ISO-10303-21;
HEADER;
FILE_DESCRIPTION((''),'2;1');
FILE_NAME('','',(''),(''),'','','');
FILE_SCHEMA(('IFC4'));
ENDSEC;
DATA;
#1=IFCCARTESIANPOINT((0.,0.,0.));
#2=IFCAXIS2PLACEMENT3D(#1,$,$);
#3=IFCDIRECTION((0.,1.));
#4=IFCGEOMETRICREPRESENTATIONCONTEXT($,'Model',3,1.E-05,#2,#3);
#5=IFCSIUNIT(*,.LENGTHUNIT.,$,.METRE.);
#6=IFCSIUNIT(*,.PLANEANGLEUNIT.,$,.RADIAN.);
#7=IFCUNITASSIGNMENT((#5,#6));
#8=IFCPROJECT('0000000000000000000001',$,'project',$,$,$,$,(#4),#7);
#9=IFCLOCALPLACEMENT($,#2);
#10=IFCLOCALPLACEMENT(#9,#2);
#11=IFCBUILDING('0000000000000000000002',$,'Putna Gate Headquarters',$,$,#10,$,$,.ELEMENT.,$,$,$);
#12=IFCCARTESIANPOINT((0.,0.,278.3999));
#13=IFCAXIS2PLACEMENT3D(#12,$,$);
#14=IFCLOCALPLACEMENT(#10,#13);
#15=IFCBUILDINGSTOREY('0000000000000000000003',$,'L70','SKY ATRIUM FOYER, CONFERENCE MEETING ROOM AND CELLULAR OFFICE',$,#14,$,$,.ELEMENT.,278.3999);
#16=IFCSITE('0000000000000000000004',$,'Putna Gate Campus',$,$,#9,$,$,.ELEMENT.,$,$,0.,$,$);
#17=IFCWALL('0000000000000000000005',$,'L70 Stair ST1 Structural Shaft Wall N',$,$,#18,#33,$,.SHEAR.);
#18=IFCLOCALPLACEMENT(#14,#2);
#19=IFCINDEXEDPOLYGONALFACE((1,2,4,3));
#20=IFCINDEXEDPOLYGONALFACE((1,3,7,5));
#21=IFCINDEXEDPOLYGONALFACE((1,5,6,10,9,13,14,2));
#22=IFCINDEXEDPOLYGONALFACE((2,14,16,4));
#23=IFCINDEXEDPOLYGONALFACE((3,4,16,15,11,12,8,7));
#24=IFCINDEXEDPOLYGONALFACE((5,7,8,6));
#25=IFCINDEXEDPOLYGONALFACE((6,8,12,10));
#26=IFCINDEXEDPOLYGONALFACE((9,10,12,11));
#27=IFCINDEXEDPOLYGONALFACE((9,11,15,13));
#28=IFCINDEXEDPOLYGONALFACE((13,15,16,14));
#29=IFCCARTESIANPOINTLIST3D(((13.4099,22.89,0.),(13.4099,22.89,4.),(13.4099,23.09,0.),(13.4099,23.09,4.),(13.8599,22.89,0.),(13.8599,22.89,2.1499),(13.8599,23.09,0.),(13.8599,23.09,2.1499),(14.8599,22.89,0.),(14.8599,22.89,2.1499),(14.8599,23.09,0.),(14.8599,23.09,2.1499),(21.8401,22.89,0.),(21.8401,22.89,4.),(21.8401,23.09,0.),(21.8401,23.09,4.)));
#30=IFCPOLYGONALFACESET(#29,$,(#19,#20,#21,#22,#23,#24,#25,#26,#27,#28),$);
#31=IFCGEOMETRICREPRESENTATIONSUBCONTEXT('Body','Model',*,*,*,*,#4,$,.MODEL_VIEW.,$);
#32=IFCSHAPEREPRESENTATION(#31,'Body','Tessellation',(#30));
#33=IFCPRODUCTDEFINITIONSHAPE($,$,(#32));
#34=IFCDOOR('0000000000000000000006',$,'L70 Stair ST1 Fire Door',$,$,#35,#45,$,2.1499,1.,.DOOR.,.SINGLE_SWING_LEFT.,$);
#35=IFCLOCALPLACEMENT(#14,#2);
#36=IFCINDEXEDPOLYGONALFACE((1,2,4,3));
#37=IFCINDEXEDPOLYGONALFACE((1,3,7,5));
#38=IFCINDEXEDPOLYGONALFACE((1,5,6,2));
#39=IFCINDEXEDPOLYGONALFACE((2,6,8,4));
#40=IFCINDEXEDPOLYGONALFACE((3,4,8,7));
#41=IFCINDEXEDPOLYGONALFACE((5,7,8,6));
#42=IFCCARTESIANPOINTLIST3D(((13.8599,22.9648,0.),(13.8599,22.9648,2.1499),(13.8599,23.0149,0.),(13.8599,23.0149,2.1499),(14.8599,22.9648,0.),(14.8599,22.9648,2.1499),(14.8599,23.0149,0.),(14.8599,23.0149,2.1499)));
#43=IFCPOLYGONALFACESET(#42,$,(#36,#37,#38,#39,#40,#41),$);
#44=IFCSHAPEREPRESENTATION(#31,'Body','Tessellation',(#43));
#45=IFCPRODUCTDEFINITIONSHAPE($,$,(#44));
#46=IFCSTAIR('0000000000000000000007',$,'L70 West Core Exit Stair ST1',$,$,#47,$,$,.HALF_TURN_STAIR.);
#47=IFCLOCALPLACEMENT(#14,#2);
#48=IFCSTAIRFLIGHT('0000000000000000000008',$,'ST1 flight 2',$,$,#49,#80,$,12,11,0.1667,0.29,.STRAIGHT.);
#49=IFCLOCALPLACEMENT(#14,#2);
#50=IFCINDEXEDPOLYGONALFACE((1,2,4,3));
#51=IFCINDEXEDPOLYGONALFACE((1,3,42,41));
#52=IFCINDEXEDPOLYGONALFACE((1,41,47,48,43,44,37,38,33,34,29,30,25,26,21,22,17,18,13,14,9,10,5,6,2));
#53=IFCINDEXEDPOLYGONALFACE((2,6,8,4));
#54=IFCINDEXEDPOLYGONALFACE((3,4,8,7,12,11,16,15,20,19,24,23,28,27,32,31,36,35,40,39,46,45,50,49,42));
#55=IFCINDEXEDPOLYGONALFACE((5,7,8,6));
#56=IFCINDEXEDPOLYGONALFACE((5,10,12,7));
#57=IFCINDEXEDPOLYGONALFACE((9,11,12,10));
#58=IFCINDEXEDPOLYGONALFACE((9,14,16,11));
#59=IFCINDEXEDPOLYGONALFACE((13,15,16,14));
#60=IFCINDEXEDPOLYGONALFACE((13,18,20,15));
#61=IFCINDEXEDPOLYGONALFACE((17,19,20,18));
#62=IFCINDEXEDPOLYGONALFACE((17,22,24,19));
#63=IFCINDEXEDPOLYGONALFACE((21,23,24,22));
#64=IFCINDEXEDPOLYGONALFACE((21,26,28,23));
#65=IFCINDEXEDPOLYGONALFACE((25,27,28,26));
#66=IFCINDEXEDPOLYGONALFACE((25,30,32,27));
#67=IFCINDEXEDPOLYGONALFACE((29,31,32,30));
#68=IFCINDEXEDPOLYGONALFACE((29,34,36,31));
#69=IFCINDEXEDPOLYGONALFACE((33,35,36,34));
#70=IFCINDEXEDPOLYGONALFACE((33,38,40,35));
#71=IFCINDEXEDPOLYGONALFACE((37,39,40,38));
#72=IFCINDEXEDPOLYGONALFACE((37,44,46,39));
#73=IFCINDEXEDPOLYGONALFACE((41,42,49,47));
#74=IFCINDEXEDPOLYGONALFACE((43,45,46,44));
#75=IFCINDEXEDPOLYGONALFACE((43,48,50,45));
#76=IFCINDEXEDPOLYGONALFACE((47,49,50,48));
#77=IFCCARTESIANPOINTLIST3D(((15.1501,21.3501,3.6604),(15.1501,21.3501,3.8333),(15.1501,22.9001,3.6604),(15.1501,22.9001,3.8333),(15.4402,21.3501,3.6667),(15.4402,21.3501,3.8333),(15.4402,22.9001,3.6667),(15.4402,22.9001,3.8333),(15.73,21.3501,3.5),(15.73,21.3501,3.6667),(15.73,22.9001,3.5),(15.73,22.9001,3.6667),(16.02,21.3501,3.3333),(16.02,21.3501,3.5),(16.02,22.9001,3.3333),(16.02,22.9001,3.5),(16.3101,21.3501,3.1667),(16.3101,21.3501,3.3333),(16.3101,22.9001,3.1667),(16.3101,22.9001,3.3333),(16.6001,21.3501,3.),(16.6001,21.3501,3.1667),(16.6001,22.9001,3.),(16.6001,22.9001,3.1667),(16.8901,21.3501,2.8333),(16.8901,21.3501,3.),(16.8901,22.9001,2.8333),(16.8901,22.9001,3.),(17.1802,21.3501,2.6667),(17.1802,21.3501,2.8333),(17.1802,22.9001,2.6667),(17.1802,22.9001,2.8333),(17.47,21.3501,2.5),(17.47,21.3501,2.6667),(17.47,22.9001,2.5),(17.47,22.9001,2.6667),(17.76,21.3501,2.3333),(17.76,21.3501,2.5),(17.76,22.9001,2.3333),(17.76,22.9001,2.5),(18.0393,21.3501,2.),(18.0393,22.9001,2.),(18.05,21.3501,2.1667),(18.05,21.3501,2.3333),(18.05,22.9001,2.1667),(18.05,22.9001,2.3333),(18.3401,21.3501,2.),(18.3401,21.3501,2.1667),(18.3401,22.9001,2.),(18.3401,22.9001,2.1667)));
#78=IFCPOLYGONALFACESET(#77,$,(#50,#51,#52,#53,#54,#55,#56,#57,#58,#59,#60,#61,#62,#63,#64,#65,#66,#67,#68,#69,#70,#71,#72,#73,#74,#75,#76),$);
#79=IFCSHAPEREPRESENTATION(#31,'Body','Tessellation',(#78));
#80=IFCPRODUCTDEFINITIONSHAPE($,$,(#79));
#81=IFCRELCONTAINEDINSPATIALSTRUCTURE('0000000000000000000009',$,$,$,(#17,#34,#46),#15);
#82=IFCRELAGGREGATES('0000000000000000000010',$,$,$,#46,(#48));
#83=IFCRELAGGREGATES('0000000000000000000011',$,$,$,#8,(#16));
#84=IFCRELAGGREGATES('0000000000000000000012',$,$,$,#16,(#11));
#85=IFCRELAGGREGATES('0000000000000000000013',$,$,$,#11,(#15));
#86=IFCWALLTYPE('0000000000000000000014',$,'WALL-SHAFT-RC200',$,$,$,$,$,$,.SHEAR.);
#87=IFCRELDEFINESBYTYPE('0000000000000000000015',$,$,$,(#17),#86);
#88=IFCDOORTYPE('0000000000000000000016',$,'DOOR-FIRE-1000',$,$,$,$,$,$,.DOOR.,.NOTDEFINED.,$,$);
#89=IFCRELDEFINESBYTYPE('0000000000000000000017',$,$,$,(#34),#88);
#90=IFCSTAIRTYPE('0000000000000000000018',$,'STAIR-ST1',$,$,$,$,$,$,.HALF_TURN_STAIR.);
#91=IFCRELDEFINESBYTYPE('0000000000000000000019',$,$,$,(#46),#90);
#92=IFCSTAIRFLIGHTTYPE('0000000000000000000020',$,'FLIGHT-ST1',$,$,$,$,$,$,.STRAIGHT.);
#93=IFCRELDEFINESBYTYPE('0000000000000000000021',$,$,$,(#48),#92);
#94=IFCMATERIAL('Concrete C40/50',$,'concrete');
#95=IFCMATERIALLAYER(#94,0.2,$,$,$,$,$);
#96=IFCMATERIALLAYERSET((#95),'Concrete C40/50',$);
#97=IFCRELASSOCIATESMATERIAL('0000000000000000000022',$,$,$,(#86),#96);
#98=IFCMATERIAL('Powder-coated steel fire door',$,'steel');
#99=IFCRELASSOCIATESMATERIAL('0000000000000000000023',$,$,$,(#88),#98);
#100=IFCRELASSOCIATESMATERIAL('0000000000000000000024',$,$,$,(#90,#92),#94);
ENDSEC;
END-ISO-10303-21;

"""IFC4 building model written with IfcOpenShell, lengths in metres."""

from ifc_helpers import new_model, si_unit, direction, frame, frame_2d, origin, place, context, subcontext, project, spatial, polyline, rectangle, outline, extrude, material, layer, layer_set, type_object, element, fill, aggregate, save


model = new_model("IFC4")

# Units and contexts
model_context = context("Model", 3, precision=1e-05, world=origin(), true_north=direction((0.0, 1.0)))
body_context = subcontext(model_context, "Body", "Model", "MODEL_VIEW")
ifc_project = project(units=[si_unit("LENGTHUNIT", "METRE"), si_unit("PLANEANGLEUNIT", "RADIAN")], contexts=[model_context])

# Site, building, storey
site_placement = place(None, origin())
site = spatial("IfcSite", under=ifc_project, at=site_placement, Name="Putna Gate Campus", CompositionType="ELEMENT", RefElevation=0.0)
building_placement = place(site_placement, origin())
building = spatial("IfcBuilding", under=site, at=building_placement, Name="Putna Gate Headquarters", CompositionType="ELEMENT")
storey_placement = place(building_placement, frame((0.0, 0.0, 278.3999)))
storey = spatial("IfcBuildingStorey", under=building, at=storey_placement, Name="L70", Description="SKY ATRIUM FOYER, CONFERENCE MEETING ROOM AND CELLULAR OFFICE", CompositionType="ELEMENT", Elevation=278.3999)

# Shared definitions
ifc_material_1 = material(Name="Concrete C40/50", Category="concrete")

# Wall, opening, door
ifc_layer_1 = layer(ifc_material_1, 0.2)
ifc_layer_set_1 = layer_set([ifc_layer_1], Name="Concrete C40/50")
wall_type_1 = type_object("IfcWallType", Name="WALL-SHAFT-RC200", PredefinedType="SHEAR", material=ifc_layer_set_1)
wall_1_placement = place(storey_placement, frame((13.4099, 22.99, 0.0), z_axis=(0.0, 0.0, 1.0), x_axis=(1.0, 0.0, 0.0)))
wall_1 = element("IfcWall", 1, at=wall_1_placement, inside=storey, type_object=wall_type_1, Name="L70 Stair ST1 Structural Shaft Wall N", PredefinedType="SHEAR", context=body_context, shape_type="SweptSolid", body=[
    extrude(rectangle(XDim=8.4302, YDim=0.2, at=frame_2d((4.2151, 0.0))), origin(), (0.0, 0.0, 1.0), 4.0),
])
opening_1_placement = place(wall_1_placement, frame((0.45, 0.0, 0.0)))
opening_1 = element("IfcOpeningElement", 2, at=opening_1_placement, cuts=wall_1, PredefinedType="OPENING", context=body_context, shape_type="SweptSolid", body=[
    extrude(rectangle(XDim=1.0, YDim=2.1499, at=frame_2d((0.5, 1.075))), frame((0.0, 0.1099, 0.0), z_axis=(0.0, -1.0, 0.0), x_axis=(1.0, 0.0, 0.0)), (0.0, 0.0, 1.0), 0.22),
])
ifc_material_2 = material(Name="Powder-coated steel fire door", Category="steel")
door_type_1 = type_object("IfcDoorType", Name="DOOR-FIRE-1000", OperationType="NOTDEFINED", PredefinedType="DOOR", material=ifc_material_2)
door_1_placement = place(opening_1_placement, origin())
door_1 = element("IfcDoor", 3, at=door_1_placement, inside=storey, type_object=door_type_1, Name="L70 Stair ST1 Fire Door", OperationType="SINGLE_SWING_LEFT", OverallHeight=2.1499, OverallWidth=1.0, PredefinedType="DOOR", context=body_context, shape_type="SweptSolid", body=[
    extrude(rectangle(XDim=1.0, YDim=2.1499, at=frame_2d((0.5, 1.075))), frame((0.0, 0.0249, 0.0), z_axis=(0.0, -1.0, 0.0), x_axis=(1.0, 0.0, 0.0)), (0.0, 0.0, 1.0), 0.05),
])
fill(opening_1, door_1)

# Stair, stair flight
stair_type = type_object("IfcStairType", Name="STAIR-ST1", PredefinedType="HALF_TURN_STAIR", material=ifc_material_1)
stair_placement = place(storey_placement, origin())
stair = element("IfcStair", 4, at=stair_placement, inside=storey, type_object=stair_type, Name="L70 West Core Exit Stair ST1", PredefinedType="HALF_TURN_STAIR")
stair_flight_type = type_object("IfcStairFlightType", Name="FLIGHT-ST1", PredefinedType="STRAIGHT", material=ifc_material_1)
stair_flight_placement = place(storey_placement, frame((18.3401, 22.125, 2.0), z_axis=(0.0, 0.0, 1.0), x_axis=(-1.0, 0.0, 0.0)))
stair_flight = element("IfcStairFlight", 5, at=stair_flight_placement, type_object=stair_flight_type, Name="ST1 flight 2", NumberOfRisers=12, NumberOfTreads=11, PredefinedType="STRAIGHT", RiserHeight=0.1667, TreadLength=0.29, context=body_context, shape_type="SweptSolid", body=[
    extrude(outline(polyline([(0.0, 0.0), (0.0, 0.1667), (0.29, 0.1667), (0.29, 0.3333), (0.5801, 0.3333), (0.5801, 0.5), (0.8701, 0.5), (0.8701, 0.6667), (1.1599, 0.6667), (1.1599, 0.8333), (1.45, 0.8333), (1.45, 1.0), (1.74, 1.0), (1.74, 1.1667), (2.03, 1.1667), (2.03, 1.3333), (2.3201, 1.3333), (2.3201, 1.5), (2.6101, 1.5), (2.6101, 1.6667), (2.8999, 1.6667), (2.8999, 1.8333), (3.1899, 1.8333), (3.1899, 2.0), (3.1899, 1.6604), (0.3008, 0.0), (0.0, 0.0)])), frame((0.0, 0.7749, 0.0), z_axis=(0.0, -1.0, 0.0), x_axis=(1.0, 0.0, 0.0)), (0.0, 0.0, 1.0), 1.55),
])
aggregate(stair, [stair_flight])

save(model, "model.ifc")
